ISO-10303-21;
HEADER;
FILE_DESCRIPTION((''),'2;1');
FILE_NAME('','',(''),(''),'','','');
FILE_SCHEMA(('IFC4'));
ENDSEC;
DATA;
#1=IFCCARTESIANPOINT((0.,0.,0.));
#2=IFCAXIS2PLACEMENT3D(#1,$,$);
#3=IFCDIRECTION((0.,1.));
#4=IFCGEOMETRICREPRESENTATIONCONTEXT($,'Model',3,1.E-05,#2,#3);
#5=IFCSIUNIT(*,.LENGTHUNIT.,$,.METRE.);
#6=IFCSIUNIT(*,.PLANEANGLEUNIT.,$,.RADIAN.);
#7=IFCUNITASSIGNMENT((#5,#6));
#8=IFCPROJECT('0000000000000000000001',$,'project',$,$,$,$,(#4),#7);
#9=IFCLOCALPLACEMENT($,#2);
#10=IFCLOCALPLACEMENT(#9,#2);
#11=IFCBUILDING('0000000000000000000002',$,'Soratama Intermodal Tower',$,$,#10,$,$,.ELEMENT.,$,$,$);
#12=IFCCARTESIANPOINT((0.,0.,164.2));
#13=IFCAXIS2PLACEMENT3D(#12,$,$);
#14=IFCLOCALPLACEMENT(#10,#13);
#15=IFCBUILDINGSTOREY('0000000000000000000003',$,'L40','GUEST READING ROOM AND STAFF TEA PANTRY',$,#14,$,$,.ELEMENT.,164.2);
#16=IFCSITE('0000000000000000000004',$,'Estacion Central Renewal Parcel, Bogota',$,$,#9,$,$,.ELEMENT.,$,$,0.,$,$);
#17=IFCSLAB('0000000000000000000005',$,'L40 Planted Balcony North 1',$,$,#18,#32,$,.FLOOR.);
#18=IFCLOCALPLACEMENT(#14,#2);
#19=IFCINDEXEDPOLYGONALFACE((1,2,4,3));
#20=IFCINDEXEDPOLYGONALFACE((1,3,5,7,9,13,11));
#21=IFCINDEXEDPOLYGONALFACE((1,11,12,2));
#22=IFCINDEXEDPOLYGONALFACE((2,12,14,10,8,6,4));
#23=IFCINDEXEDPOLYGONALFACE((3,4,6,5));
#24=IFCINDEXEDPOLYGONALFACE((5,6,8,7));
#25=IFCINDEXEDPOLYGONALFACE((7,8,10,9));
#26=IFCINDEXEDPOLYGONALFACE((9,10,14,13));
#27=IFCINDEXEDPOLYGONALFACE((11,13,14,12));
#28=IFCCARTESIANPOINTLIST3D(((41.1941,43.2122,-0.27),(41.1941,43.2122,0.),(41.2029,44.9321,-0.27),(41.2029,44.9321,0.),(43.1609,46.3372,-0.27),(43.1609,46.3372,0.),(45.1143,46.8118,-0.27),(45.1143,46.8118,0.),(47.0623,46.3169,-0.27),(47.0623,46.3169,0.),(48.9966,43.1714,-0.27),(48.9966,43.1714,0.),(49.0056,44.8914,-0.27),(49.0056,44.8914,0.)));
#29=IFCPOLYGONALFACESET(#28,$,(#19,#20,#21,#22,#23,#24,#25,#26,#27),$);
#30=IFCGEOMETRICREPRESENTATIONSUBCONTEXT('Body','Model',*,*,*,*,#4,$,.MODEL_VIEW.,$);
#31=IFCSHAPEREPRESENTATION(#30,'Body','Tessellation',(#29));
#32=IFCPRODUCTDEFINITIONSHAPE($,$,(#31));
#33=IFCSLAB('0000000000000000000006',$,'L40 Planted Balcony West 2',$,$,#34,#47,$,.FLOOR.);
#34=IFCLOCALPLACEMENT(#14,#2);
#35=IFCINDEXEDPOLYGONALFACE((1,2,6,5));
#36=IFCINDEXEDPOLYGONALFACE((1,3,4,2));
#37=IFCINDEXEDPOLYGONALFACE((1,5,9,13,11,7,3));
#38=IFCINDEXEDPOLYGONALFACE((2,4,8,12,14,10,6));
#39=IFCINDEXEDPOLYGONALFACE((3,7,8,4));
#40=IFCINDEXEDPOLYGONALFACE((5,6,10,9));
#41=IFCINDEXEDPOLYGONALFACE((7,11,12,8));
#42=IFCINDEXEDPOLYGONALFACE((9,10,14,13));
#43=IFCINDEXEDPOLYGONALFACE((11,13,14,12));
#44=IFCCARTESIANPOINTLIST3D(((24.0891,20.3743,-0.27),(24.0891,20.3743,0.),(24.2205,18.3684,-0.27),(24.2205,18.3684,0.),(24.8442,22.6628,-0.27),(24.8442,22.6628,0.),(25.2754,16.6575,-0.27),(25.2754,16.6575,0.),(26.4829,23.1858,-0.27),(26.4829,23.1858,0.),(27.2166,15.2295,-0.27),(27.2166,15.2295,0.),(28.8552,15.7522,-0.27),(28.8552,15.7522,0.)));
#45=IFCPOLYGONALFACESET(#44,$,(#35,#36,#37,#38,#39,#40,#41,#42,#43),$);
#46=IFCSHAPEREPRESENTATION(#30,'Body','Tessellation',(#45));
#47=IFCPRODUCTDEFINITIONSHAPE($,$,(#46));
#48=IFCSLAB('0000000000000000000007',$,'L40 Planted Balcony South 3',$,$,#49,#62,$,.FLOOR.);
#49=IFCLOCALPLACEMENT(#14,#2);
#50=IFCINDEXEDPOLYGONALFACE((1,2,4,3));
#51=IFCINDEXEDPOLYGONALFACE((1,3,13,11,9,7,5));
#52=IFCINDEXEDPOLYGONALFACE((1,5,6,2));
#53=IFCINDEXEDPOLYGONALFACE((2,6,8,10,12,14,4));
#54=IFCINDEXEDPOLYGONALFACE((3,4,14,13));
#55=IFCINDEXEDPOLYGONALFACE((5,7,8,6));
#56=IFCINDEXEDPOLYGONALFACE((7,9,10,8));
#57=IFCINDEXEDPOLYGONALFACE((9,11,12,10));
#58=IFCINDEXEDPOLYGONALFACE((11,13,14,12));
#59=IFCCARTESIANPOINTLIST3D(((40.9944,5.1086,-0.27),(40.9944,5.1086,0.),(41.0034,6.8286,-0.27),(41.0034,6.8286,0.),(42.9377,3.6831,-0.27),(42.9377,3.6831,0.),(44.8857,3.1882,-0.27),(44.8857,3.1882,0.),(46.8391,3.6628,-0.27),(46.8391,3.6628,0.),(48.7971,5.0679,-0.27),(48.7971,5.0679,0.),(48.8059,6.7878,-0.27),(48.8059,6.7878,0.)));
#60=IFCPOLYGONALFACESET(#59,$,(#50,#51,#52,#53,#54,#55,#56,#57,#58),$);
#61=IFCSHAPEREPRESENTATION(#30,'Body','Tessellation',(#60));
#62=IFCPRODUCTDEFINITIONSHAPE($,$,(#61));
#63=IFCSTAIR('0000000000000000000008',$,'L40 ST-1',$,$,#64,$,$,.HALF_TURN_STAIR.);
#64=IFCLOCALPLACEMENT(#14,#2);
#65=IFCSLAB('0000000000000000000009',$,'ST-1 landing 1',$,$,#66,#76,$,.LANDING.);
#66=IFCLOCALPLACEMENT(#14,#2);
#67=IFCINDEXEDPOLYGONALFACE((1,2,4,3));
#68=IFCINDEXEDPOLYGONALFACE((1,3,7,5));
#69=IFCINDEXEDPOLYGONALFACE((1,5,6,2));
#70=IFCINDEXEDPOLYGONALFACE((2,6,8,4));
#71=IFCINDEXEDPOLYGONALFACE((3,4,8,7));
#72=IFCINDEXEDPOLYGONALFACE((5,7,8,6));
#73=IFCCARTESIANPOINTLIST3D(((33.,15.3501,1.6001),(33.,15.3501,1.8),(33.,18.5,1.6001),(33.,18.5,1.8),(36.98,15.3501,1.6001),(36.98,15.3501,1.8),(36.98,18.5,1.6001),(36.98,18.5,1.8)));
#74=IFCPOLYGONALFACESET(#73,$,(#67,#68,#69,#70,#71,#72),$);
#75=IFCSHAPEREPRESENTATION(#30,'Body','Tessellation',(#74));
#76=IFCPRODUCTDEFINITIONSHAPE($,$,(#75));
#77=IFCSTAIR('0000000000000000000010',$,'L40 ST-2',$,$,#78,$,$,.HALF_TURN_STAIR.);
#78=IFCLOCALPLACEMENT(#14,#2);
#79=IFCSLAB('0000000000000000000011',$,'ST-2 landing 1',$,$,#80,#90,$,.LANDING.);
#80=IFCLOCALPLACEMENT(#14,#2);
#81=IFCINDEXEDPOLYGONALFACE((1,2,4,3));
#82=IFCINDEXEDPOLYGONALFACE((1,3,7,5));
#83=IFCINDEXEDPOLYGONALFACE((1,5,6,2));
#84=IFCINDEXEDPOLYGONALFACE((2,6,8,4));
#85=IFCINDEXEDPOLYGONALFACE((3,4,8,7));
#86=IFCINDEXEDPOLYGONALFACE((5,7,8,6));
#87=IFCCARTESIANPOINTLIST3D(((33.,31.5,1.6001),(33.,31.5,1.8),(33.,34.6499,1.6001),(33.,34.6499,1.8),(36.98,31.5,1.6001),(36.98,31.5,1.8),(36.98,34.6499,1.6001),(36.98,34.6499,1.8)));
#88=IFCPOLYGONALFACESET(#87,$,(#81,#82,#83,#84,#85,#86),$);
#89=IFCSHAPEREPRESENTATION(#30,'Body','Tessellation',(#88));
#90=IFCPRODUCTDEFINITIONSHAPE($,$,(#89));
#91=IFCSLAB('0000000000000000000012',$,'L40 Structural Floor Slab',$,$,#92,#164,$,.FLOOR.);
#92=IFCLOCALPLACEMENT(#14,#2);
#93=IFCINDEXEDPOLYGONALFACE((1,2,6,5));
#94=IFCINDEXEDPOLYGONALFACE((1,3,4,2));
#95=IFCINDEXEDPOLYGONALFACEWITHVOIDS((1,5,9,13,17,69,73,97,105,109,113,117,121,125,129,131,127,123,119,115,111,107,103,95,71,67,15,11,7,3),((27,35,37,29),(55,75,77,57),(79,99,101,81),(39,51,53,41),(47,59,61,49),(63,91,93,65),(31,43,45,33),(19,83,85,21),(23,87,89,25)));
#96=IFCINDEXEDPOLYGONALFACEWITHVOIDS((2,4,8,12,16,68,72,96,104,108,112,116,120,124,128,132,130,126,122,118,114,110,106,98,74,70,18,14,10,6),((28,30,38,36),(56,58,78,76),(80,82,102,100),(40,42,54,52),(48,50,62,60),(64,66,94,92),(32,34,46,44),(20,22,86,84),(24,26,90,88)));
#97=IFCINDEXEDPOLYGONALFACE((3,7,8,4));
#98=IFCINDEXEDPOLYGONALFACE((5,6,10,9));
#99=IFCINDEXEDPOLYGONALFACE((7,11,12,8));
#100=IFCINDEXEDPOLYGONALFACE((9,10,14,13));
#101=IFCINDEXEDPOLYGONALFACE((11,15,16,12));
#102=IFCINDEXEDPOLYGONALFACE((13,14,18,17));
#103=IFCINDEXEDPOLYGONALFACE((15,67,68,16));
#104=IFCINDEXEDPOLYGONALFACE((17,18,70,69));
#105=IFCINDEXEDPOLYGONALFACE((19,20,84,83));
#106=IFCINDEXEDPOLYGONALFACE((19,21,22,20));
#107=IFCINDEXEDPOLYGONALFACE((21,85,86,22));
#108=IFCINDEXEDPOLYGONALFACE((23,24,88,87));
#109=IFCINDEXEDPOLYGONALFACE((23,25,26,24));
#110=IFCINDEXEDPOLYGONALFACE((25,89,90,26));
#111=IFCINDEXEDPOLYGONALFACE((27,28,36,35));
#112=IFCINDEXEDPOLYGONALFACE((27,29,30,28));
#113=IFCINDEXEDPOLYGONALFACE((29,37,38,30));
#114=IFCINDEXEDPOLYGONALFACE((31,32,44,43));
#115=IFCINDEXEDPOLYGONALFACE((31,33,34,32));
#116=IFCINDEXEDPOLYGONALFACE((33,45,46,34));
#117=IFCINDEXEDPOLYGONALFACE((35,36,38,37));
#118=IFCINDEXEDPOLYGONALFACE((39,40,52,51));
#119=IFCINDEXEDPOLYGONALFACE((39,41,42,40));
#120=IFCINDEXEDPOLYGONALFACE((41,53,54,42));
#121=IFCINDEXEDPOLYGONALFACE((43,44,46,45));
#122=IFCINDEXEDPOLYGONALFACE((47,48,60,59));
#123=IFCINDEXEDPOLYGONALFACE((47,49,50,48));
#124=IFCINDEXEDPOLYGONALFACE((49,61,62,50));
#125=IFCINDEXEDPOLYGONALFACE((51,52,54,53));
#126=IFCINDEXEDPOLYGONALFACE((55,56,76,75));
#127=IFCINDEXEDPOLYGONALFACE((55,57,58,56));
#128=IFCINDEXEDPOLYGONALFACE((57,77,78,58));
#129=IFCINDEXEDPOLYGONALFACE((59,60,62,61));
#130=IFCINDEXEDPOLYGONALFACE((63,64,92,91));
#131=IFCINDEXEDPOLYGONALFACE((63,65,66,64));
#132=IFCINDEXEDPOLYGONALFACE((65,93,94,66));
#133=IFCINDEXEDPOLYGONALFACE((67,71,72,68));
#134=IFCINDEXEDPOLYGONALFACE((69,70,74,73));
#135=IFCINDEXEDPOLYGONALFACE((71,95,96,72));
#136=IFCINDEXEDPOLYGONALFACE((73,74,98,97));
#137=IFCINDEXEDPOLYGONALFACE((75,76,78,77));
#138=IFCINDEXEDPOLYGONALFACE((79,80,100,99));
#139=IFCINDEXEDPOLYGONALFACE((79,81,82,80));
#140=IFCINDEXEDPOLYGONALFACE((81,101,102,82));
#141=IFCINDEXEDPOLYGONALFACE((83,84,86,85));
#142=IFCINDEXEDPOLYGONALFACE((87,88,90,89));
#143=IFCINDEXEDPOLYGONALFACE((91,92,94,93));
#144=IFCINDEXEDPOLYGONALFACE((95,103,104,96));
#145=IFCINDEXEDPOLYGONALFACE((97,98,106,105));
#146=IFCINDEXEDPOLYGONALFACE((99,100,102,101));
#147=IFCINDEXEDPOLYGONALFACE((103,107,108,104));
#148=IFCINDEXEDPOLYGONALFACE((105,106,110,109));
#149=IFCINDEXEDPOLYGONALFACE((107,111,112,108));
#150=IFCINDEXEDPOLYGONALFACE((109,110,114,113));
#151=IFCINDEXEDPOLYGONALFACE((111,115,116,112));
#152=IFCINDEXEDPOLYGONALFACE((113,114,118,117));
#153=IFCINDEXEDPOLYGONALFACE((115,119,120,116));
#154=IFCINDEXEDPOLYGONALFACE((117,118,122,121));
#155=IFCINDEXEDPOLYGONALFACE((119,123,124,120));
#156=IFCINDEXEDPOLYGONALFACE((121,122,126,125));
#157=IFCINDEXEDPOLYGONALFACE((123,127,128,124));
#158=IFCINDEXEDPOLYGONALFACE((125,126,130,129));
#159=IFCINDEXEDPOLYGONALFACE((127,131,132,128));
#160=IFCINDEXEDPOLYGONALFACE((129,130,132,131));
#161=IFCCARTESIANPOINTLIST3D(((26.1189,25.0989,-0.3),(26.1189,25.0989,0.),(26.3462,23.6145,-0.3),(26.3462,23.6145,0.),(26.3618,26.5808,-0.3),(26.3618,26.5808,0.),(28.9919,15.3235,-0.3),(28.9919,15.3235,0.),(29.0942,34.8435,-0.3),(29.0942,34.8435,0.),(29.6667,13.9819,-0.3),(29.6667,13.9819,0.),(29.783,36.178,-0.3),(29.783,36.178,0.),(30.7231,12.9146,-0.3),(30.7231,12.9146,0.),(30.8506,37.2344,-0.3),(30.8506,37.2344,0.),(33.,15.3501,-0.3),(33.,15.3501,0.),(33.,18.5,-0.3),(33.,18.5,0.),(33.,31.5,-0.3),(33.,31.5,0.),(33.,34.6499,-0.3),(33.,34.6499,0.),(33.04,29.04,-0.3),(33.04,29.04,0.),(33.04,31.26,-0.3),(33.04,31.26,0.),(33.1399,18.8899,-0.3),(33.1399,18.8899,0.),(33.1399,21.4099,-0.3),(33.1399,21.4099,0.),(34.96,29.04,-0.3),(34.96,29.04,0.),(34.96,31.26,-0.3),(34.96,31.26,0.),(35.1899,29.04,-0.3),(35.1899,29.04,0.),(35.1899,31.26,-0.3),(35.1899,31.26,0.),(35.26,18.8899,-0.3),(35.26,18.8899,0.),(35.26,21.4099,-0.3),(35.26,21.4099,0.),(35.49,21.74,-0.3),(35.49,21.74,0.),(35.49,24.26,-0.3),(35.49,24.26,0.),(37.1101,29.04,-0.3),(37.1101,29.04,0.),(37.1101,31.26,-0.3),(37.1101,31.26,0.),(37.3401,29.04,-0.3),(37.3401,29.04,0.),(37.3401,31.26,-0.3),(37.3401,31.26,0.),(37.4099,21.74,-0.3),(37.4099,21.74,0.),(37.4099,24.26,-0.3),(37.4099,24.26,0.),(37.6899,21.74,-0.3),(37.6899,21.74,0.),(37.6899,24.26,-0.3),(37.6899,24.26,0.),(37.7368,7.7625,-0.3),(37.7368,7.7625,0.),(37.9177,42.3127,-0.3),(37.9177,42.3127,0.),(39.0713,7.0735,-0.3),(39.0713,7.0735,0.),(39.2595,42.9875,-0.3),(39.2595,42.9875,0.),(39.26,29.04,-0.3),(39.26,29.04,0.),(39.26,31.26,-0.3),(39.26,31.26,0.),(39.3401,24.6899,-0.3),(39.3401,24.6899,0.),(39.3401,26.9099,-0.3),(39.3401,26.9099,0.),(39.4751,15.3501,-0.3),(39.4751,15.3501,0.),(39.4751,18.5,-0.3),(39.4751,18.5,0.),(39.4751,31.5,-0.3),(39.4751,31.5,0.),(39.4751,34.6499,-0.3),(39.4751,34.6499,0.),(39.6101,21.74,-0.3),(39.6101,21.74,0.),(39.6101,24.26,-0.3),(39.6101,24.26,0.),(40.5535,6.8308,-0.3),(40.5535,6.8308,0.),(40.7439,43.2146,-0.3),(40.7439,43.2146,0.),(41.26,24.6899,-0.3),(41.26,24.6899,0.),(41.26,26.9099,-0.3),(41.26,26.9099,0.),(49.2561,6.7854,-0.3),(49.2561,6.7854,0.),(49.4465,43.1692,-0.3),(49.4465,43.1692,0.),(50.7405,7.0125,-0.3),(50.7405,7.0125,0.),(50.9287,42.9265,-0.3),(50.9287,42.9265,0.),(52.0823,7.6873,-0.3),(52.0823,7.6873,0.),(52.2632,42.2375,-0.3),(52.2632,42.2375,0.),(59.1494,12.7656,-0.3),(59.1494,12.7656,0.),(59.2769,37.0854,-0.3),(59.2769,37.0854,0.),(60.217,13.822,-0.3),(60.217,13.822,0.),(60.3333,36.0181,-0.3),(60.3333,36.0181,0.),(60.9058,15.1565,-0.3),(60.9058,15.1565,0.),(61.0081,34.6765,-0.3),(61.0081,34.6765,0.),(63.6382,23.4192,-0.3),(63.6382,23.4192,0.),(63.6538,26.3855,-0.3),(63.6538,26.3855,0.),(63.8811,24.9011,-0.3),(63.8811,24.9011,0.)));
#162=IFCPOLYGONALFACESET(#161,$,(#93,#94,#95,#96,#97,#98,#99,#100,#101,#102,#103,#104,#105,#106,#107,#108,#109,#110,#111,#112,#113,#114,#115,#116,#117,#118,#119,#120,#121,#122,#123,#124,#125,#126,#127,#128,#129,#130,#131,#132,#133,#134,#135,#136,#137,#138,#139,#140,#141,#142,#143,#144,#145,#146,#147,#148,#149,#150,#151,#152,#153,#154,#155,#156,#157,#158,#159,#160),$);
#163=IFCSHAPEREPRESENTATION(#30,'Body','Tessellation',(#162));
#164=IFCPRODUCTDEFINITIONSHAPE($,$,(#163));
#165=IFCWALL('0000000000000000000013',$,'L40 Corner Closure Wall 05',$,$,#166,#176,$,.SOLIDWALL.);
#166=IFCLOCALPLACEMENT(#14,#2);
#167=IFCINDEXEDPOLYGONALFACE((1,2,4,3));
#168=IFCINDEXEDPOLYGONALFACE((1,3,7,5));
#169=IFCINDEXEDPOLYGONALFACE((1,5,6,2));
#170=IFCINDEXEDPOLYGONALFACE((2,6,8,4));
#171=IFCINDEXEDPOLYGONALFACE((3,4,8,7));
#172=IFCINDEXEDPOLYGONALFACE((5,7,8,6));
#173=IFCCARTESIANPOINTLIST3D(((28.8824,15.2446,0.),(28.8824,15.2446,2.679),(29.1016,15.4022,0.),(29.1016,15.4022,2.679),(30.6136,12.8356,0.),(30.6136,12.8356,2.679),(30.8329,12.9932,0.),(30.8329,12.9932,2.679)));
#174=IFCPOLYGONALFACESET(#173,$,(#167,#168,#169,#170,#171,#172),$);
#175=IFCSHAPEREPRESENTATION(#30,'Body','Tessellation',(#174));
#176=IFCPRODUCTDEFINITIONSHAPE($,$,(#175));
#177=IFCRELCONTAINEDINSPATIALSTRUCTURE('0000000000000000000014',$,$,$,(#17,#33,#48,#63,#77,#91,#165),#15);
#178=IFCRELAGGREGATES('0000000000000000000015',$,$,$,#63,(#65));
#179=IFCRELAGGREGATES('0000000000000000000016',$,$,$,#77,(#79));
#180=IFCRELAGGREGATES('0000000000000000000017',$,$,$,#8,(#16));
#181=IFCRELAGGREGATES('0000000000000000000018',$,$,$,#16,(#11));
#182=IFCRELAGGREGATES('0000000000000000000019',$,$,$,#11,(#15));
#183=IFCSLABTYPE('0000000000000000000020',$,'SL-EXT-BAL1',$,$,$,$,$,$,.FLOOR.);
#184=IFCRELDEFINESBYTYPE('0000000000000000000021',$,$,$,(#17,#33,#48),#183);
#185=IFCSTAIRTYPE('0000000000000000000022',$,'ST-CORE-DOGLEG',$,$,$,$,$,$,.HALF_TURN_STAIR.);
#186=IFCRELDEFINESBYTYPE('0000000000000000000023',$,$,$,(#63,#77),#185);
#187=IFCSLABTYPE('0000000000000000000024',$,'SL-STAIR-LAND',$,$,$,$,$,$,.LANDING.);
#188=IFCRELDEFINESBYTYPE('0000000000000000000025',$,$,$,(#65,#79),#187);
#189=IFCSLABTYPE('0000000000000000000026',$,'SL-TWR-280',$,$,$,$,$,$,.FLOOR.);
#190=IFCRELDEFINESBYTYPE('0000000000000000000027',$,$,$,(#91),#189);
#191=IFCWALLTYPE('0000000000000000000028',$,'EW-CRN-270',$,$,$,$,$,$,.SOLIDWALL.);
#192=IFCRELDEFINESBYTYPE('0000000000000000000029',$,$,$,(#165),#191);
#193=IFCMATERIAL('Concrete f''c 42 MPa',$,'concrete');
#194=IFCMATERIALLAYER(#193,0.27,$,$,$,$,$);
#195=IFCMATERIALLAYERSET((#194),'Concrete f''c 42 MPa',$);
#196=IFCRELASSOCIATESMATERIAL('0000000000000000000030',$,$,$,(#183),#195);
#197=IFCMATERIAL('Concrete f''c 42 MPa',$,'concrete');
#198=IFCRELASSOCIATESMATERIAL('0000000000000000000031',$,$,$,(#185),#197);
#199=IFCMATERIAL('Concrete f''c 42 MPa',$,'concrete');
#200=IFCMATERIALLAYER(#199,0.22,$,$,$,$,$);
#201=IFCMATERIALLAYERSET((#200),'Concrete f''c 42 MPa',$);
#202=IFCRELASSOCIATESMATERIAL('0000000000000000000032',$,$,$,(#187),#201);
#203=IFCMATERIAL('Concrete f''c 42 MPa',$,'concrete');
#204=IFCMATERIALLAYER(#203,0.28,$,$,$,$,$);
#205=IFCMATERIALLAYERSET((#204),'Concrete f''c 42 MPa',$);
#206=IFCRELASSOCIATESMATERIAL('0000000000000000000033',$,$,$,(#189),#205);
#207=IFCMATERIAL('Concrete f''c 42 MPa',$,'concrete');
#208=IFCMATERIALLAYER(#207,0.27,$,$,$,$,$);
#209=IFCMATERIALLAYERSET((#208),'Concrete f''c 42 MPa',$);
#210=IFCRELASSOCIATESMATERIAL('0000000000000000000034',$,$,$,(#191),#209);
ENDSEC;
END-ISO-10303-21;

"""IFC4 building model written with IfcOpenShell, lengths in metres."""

from ifc_helpers import new_model, si_unit, direction, frame, frame_2d, origin, place, context, subcontext, project, spatial, polyline, rectangle, outline, extrude, material, layer, layer_set, type_object, element, aggregate, save


model = new_model("IFC4")

# Units and contexts
model_context = context("Model", 3, precision=1e-05, world=origin(), true_north=direction((0.0, 1.0)))
body_context = subcontext(model_context, "Body", "Model", "MODEL_VIEW")
ifc_project = project(units=[si_unit("LENGTHUNIT", "METRE"), si_unit("PLANEANGLEUNIT", "RADIAN")], contexts=[model_context])

# Site, building, storey
site_placement = place(None, origin())
site = spatial("IfcSite", under=ifc_project, at=site_placement, Name="Estacion Central Renewal Parcel, Bogota", CompositionType="ELEMENT", RefElevation=0.0)
building_placement = place(site_placement, origin())
building = spatial("IfcBuilding", under=site, at=building_placement, Name="Soratama Intermodal Tower", CompositionType="ELEMENT")
storey_placement = place(building_placement, frame((0.0, 0.0, 164.2)))
storey = spatial("IfcBuildingStorey", under=building, at=storey_placement, Name="L40", Description="GUEST READING ROOM AND STAFF TEA PANTRY", CompositionType="ELEMENT", Elevation=164.2)

# Slabs
ifc_material_1 = material(Name="Concrete f'c 42 MPa", Category="concrete")
ifc_layer_1 = layer(ifc_material_1, 0.27)
ifc_layer_set_1 = layer_set([ifc_layer_1], Name="Concrete f'c 42 MPa")
slab_type_1 = type_object("IfcSlabType", Name="SL-EXT-BAL1", PredefinedType="FLOOR", material=ifc_layer_set_1)
slab_1_placement = place(storey_placement, frame((0.0, 0.0, -0.27)))
element("IfcSlab", 1, at=slab_1_placement, inside=storey, type_object=slab_type_1, Name="L40 Planted Balcony North 1", PredefinedType="FLOOR", context=body_context, shape_type="SweptSolid", body=[
    extrude(outline(polyline([(48.9966, 43.1714), (41.1941, 43.2122), (41.2029, 44.9321), (43.1609, 46.3372), (45.1143, 46.8118), (47.0623, 46.3169), (49.0056, 44.8914), (48.9966, 43.1714)])), origin(), (0.0, 0.0, 1.0), 0.27),
])
slab_2_placement = place(storey_placement, frame((0.0, 0.0, -0.27)))
element("IfcSlab", 2, at=slab_2_placement, inside=storey, type_object=slab_type_1, Name="L40 Planted Balcony West 2", PredefinedType="FLOOR", context=body_context, shape_type="SweptSolid", body=[
    extrude(outline(polyline([(26.4829, 23.1858), (28.8552, 15.7522), (27.2166, 15.2295), (25.2754, 16.6575), (24.2205, 18.3684), (24.0891, 20.3743), (24.8442, 22.6628), (26.4829, 23.1858)])), origin(), (0.0, 0.0, 1.0), 0.27),
])
slab_3_placement = place(storey_placement, frame((0.0, 0.0, -0.27)))
element("IfcSlab", 3, at=slab_3_placement, inside=storey, type_object=slab_type_1, Name="L40 Planted Balcony South 3", PredefinedType="FLOOR", context=body_context, shape_type="SweptSolid", body=[
    extrude(outline(polyline([(41.0034, 6.8286), (48.8059, 6.7878), (48.7971, 5.0679), (46.8391, 3.6628), (44.8857, 3.1882), (42.9377, 3.6831), (40.9944, 5.1086), (41.0034, 6.8286)])), origin(), (0.0, 0.0, 1.0), 0.27),
])

# Stairs, slabs
ifc_material_2 = material(Name="Concrete f'c 42 MPa", Category="concrete")
stair_type = type_object("IfcStairType", Name="ST-CORE-DOGLEG", PredefinedType="HALF_TURN_STAIR", material=ifc_material_2)
stair_1_placement = place(storey_placement, origin())
stair_1 = element("IfcStair", 4, at=stair_1_placement, inside=storey, type_object=stair_type, Name="L40 ST-1", PredefinedType="HALF_TURN_STAIR")
ifc_material_3 = material(Name="Concrete f'c 42 MPa", Category="concrete")
ifc_layer_2 = layer(ifc_material_3, 0.22)
ifc_layer_set_2 = layer_set([ifc_layer_2], Name="Concrete f'c 42 MPa")
slab_type_2 = type_object("IfcSlabType", Name="SL-STAIR-LAND", PredefinedType="LANDING", material=ifc_layer_set_2)
slab_4_placement = place(storey_placement, frame((0.0, 0.0, 1.6001)))
slab_4 = element("IfcSlab", 5, at=slab_4_placement, type_object=slab_type_2, Name="ST-1 landing 1", PredefinedType="LANDING", context=body_context, shape_type="SweptSolid", body=[
    extrude(outline(polyline([(36.98, 18.5), (33.0, 18.5), (33.0, 15.3501), (36.98, 15.3501), (36.98, 18.5)])), origin(), (0.0, 0.0, 1.0), 0.2),
])
aggregate(stair_1, [slab_4])
stair_2_placement = place(storey_placement, origin())
stair_2 = element("IfcStair", 6, at=stair_2_placement, inside=storey, type_object=stair_type, Name="L40 ST-2", PredefinedType="HALF_TURN_STAIR")
slab_5_placement = place(storey_placement, frame((0.0, 0.0, 1.6001)))
slab_5 = element("IfcSlab", 7, at=slab_5_placement, type_object=slab_type_2, Name="ST-2 landing 1", PredefinedType="LANDING", context=body_context, shape_type="SweptSolid", body=[
    extrude(outline(polyline([(36.98, 34.6499), (33.0, 34.6499), (33.0, 31.5), (36.98, 31.5), (36.98, 34.6499)])), origin(), (0.0, 0.0, 1.0), 0.2),
])
aggregate(stair_2, [slab_5])

# Slab
ifc_material_4 = material(Name="Concrete f'c 42 MPa", Category="concrete")
ifc_layer_3 = layer(ifc_material_4, 0.28)
ifc_layer_set_3 = layer_set([ifc_layer_3], Name="Concrete f'c 42 MPa")
slab_type_3 = type_object("IfcSlabType", Name="SL-TWR-280", PredefinedType="FLOOR", material=ifc_layer_set_3)
slab_6_placement = place(storey_placement, frame((0.0, 0.0, -0.3)))
element("IfcSlab", 8, at=slab_6_placement, inside=storey, type_object=slab_type_3, Name="L40 Structural Floor Slab", PredefinedType="FLOOR", context=body_context, shape_type="SweptSolid", body=[
    extrude(outline(polyline([(61.0081, 34.6765), (60.3333, 36.0181), (59.2769, 37.0854), (52.2632, 42.2375), (50.9287, 42.9265), (49.4465, 43.1692), (40.7439, 43.2146), (39.2595, 42.9875), (37.9177, 42.3127), (30.8506, 37.2344), (29.783, 36.178), (29.0942, 34.8435), (26.3618, 26.5808), (26.1189, 25.0989), (26.3462, 23.6145), (28.9919, 15.3235), (29.6667, 13.9819), (30.7231, 12.9146), (37.7368, 7.7625), (39.0713, 7.0735), (40.5535, 6.8308), (49.2561, 6.7854), (50.7405, 7.0125), (52.0823, 7.6873), (59.1494, 12.7656), (60.217, 13.822), (60.9058, 15.1565), (63.6382, 23.4192), (63.8811, 24.9011), (63.6538, 26.3855), (61.0081, 34.6765)]), holes=[polyline([(33.0, 18.5), (33.0, 15.3501), (39.4751, 15.3501), (39.4751, 18.5), (33.0, 18.5)]), polyline([(35.26, 21.4099), (33.1399, 21.4099), (33.1399, 18.8899), (35.26, 18.8899), (35.26, 21.4099)]), polyline([(37.4099, 24.26), (35.49, 24.26), (35.49, 21.74), (37.4099, 21.74), (37.4099, 24.26)]), polyline([(39.6101, 24.26), (37.6899, 24.26), (37.6899, 21.74), (39.6101, 21.74), (39.6101, 24.26)]), polyline([(41.26, 26.9099), (39.3401, 26.9099), (39.3401, 24.6899), (41.26, 24.6899), (41.26, 26.9099)]), polyline([(34.96, 31.26), (33.04, 31.26), (33.04, 29.04), (34.96, 29.04), (34.96, 31.26)]), polyline([(37.1101, 31.26), (35.1899, 31.26), (35.1899, 29.04), (37.1101, 29.04), (37.1101, 31.26)]), polyline([(39.26, 29.04), (39.26, 31.26), (37.3401, 31.26), (37.3401, 29.04), (39.26, 29.04)]), polyline([(39.4751, 34.6499), (33.0, 34.6499), (33.0, 31.5), (39.4751, 31.5), (39.4751, 34.6499)])]), origin(), (0.0, 0.0, 1.0), 0.3),
])

# Wall
ifc_material_5 = material(Name="Concrete f'c 42 MPa", Category="concrete")
ifc_layer_4 = layer(ifc_material_5, 0.27)
ifc_layer_set_4 = layer_set([ifc_layer_4], Name="Concrete f'c 42 MPa")
wall_type_1 = type_object("IfcWallType", Name="EW-CRN-270", PredefinedType="SOLIDWALL", material=ifc_layer_set_4)
wall_1_placement = place(storey_placement, frame((28.9919, 15.3235, 0.0), z_axis=(0.0, 0.0, 1.0), x_axis=(0.583587, -0.812051, 0.0)))
element("IfcWall", 9, at=wall_1_placement, inside=storey, type_object=wall_type_1, Name="L40 Corner Closure Wall 05", PredefinedType="SOLIDWALL", context=body_context, shape_type="SweptSolid", body=[
    extrude(rectangle(XDim=2.9666, YDim=0.27, at=frame_2d((1.4834, 0.0))), origin(), (0.0, 0.0, 1.0), 2.679),
])

save(model, "model.ifc")
